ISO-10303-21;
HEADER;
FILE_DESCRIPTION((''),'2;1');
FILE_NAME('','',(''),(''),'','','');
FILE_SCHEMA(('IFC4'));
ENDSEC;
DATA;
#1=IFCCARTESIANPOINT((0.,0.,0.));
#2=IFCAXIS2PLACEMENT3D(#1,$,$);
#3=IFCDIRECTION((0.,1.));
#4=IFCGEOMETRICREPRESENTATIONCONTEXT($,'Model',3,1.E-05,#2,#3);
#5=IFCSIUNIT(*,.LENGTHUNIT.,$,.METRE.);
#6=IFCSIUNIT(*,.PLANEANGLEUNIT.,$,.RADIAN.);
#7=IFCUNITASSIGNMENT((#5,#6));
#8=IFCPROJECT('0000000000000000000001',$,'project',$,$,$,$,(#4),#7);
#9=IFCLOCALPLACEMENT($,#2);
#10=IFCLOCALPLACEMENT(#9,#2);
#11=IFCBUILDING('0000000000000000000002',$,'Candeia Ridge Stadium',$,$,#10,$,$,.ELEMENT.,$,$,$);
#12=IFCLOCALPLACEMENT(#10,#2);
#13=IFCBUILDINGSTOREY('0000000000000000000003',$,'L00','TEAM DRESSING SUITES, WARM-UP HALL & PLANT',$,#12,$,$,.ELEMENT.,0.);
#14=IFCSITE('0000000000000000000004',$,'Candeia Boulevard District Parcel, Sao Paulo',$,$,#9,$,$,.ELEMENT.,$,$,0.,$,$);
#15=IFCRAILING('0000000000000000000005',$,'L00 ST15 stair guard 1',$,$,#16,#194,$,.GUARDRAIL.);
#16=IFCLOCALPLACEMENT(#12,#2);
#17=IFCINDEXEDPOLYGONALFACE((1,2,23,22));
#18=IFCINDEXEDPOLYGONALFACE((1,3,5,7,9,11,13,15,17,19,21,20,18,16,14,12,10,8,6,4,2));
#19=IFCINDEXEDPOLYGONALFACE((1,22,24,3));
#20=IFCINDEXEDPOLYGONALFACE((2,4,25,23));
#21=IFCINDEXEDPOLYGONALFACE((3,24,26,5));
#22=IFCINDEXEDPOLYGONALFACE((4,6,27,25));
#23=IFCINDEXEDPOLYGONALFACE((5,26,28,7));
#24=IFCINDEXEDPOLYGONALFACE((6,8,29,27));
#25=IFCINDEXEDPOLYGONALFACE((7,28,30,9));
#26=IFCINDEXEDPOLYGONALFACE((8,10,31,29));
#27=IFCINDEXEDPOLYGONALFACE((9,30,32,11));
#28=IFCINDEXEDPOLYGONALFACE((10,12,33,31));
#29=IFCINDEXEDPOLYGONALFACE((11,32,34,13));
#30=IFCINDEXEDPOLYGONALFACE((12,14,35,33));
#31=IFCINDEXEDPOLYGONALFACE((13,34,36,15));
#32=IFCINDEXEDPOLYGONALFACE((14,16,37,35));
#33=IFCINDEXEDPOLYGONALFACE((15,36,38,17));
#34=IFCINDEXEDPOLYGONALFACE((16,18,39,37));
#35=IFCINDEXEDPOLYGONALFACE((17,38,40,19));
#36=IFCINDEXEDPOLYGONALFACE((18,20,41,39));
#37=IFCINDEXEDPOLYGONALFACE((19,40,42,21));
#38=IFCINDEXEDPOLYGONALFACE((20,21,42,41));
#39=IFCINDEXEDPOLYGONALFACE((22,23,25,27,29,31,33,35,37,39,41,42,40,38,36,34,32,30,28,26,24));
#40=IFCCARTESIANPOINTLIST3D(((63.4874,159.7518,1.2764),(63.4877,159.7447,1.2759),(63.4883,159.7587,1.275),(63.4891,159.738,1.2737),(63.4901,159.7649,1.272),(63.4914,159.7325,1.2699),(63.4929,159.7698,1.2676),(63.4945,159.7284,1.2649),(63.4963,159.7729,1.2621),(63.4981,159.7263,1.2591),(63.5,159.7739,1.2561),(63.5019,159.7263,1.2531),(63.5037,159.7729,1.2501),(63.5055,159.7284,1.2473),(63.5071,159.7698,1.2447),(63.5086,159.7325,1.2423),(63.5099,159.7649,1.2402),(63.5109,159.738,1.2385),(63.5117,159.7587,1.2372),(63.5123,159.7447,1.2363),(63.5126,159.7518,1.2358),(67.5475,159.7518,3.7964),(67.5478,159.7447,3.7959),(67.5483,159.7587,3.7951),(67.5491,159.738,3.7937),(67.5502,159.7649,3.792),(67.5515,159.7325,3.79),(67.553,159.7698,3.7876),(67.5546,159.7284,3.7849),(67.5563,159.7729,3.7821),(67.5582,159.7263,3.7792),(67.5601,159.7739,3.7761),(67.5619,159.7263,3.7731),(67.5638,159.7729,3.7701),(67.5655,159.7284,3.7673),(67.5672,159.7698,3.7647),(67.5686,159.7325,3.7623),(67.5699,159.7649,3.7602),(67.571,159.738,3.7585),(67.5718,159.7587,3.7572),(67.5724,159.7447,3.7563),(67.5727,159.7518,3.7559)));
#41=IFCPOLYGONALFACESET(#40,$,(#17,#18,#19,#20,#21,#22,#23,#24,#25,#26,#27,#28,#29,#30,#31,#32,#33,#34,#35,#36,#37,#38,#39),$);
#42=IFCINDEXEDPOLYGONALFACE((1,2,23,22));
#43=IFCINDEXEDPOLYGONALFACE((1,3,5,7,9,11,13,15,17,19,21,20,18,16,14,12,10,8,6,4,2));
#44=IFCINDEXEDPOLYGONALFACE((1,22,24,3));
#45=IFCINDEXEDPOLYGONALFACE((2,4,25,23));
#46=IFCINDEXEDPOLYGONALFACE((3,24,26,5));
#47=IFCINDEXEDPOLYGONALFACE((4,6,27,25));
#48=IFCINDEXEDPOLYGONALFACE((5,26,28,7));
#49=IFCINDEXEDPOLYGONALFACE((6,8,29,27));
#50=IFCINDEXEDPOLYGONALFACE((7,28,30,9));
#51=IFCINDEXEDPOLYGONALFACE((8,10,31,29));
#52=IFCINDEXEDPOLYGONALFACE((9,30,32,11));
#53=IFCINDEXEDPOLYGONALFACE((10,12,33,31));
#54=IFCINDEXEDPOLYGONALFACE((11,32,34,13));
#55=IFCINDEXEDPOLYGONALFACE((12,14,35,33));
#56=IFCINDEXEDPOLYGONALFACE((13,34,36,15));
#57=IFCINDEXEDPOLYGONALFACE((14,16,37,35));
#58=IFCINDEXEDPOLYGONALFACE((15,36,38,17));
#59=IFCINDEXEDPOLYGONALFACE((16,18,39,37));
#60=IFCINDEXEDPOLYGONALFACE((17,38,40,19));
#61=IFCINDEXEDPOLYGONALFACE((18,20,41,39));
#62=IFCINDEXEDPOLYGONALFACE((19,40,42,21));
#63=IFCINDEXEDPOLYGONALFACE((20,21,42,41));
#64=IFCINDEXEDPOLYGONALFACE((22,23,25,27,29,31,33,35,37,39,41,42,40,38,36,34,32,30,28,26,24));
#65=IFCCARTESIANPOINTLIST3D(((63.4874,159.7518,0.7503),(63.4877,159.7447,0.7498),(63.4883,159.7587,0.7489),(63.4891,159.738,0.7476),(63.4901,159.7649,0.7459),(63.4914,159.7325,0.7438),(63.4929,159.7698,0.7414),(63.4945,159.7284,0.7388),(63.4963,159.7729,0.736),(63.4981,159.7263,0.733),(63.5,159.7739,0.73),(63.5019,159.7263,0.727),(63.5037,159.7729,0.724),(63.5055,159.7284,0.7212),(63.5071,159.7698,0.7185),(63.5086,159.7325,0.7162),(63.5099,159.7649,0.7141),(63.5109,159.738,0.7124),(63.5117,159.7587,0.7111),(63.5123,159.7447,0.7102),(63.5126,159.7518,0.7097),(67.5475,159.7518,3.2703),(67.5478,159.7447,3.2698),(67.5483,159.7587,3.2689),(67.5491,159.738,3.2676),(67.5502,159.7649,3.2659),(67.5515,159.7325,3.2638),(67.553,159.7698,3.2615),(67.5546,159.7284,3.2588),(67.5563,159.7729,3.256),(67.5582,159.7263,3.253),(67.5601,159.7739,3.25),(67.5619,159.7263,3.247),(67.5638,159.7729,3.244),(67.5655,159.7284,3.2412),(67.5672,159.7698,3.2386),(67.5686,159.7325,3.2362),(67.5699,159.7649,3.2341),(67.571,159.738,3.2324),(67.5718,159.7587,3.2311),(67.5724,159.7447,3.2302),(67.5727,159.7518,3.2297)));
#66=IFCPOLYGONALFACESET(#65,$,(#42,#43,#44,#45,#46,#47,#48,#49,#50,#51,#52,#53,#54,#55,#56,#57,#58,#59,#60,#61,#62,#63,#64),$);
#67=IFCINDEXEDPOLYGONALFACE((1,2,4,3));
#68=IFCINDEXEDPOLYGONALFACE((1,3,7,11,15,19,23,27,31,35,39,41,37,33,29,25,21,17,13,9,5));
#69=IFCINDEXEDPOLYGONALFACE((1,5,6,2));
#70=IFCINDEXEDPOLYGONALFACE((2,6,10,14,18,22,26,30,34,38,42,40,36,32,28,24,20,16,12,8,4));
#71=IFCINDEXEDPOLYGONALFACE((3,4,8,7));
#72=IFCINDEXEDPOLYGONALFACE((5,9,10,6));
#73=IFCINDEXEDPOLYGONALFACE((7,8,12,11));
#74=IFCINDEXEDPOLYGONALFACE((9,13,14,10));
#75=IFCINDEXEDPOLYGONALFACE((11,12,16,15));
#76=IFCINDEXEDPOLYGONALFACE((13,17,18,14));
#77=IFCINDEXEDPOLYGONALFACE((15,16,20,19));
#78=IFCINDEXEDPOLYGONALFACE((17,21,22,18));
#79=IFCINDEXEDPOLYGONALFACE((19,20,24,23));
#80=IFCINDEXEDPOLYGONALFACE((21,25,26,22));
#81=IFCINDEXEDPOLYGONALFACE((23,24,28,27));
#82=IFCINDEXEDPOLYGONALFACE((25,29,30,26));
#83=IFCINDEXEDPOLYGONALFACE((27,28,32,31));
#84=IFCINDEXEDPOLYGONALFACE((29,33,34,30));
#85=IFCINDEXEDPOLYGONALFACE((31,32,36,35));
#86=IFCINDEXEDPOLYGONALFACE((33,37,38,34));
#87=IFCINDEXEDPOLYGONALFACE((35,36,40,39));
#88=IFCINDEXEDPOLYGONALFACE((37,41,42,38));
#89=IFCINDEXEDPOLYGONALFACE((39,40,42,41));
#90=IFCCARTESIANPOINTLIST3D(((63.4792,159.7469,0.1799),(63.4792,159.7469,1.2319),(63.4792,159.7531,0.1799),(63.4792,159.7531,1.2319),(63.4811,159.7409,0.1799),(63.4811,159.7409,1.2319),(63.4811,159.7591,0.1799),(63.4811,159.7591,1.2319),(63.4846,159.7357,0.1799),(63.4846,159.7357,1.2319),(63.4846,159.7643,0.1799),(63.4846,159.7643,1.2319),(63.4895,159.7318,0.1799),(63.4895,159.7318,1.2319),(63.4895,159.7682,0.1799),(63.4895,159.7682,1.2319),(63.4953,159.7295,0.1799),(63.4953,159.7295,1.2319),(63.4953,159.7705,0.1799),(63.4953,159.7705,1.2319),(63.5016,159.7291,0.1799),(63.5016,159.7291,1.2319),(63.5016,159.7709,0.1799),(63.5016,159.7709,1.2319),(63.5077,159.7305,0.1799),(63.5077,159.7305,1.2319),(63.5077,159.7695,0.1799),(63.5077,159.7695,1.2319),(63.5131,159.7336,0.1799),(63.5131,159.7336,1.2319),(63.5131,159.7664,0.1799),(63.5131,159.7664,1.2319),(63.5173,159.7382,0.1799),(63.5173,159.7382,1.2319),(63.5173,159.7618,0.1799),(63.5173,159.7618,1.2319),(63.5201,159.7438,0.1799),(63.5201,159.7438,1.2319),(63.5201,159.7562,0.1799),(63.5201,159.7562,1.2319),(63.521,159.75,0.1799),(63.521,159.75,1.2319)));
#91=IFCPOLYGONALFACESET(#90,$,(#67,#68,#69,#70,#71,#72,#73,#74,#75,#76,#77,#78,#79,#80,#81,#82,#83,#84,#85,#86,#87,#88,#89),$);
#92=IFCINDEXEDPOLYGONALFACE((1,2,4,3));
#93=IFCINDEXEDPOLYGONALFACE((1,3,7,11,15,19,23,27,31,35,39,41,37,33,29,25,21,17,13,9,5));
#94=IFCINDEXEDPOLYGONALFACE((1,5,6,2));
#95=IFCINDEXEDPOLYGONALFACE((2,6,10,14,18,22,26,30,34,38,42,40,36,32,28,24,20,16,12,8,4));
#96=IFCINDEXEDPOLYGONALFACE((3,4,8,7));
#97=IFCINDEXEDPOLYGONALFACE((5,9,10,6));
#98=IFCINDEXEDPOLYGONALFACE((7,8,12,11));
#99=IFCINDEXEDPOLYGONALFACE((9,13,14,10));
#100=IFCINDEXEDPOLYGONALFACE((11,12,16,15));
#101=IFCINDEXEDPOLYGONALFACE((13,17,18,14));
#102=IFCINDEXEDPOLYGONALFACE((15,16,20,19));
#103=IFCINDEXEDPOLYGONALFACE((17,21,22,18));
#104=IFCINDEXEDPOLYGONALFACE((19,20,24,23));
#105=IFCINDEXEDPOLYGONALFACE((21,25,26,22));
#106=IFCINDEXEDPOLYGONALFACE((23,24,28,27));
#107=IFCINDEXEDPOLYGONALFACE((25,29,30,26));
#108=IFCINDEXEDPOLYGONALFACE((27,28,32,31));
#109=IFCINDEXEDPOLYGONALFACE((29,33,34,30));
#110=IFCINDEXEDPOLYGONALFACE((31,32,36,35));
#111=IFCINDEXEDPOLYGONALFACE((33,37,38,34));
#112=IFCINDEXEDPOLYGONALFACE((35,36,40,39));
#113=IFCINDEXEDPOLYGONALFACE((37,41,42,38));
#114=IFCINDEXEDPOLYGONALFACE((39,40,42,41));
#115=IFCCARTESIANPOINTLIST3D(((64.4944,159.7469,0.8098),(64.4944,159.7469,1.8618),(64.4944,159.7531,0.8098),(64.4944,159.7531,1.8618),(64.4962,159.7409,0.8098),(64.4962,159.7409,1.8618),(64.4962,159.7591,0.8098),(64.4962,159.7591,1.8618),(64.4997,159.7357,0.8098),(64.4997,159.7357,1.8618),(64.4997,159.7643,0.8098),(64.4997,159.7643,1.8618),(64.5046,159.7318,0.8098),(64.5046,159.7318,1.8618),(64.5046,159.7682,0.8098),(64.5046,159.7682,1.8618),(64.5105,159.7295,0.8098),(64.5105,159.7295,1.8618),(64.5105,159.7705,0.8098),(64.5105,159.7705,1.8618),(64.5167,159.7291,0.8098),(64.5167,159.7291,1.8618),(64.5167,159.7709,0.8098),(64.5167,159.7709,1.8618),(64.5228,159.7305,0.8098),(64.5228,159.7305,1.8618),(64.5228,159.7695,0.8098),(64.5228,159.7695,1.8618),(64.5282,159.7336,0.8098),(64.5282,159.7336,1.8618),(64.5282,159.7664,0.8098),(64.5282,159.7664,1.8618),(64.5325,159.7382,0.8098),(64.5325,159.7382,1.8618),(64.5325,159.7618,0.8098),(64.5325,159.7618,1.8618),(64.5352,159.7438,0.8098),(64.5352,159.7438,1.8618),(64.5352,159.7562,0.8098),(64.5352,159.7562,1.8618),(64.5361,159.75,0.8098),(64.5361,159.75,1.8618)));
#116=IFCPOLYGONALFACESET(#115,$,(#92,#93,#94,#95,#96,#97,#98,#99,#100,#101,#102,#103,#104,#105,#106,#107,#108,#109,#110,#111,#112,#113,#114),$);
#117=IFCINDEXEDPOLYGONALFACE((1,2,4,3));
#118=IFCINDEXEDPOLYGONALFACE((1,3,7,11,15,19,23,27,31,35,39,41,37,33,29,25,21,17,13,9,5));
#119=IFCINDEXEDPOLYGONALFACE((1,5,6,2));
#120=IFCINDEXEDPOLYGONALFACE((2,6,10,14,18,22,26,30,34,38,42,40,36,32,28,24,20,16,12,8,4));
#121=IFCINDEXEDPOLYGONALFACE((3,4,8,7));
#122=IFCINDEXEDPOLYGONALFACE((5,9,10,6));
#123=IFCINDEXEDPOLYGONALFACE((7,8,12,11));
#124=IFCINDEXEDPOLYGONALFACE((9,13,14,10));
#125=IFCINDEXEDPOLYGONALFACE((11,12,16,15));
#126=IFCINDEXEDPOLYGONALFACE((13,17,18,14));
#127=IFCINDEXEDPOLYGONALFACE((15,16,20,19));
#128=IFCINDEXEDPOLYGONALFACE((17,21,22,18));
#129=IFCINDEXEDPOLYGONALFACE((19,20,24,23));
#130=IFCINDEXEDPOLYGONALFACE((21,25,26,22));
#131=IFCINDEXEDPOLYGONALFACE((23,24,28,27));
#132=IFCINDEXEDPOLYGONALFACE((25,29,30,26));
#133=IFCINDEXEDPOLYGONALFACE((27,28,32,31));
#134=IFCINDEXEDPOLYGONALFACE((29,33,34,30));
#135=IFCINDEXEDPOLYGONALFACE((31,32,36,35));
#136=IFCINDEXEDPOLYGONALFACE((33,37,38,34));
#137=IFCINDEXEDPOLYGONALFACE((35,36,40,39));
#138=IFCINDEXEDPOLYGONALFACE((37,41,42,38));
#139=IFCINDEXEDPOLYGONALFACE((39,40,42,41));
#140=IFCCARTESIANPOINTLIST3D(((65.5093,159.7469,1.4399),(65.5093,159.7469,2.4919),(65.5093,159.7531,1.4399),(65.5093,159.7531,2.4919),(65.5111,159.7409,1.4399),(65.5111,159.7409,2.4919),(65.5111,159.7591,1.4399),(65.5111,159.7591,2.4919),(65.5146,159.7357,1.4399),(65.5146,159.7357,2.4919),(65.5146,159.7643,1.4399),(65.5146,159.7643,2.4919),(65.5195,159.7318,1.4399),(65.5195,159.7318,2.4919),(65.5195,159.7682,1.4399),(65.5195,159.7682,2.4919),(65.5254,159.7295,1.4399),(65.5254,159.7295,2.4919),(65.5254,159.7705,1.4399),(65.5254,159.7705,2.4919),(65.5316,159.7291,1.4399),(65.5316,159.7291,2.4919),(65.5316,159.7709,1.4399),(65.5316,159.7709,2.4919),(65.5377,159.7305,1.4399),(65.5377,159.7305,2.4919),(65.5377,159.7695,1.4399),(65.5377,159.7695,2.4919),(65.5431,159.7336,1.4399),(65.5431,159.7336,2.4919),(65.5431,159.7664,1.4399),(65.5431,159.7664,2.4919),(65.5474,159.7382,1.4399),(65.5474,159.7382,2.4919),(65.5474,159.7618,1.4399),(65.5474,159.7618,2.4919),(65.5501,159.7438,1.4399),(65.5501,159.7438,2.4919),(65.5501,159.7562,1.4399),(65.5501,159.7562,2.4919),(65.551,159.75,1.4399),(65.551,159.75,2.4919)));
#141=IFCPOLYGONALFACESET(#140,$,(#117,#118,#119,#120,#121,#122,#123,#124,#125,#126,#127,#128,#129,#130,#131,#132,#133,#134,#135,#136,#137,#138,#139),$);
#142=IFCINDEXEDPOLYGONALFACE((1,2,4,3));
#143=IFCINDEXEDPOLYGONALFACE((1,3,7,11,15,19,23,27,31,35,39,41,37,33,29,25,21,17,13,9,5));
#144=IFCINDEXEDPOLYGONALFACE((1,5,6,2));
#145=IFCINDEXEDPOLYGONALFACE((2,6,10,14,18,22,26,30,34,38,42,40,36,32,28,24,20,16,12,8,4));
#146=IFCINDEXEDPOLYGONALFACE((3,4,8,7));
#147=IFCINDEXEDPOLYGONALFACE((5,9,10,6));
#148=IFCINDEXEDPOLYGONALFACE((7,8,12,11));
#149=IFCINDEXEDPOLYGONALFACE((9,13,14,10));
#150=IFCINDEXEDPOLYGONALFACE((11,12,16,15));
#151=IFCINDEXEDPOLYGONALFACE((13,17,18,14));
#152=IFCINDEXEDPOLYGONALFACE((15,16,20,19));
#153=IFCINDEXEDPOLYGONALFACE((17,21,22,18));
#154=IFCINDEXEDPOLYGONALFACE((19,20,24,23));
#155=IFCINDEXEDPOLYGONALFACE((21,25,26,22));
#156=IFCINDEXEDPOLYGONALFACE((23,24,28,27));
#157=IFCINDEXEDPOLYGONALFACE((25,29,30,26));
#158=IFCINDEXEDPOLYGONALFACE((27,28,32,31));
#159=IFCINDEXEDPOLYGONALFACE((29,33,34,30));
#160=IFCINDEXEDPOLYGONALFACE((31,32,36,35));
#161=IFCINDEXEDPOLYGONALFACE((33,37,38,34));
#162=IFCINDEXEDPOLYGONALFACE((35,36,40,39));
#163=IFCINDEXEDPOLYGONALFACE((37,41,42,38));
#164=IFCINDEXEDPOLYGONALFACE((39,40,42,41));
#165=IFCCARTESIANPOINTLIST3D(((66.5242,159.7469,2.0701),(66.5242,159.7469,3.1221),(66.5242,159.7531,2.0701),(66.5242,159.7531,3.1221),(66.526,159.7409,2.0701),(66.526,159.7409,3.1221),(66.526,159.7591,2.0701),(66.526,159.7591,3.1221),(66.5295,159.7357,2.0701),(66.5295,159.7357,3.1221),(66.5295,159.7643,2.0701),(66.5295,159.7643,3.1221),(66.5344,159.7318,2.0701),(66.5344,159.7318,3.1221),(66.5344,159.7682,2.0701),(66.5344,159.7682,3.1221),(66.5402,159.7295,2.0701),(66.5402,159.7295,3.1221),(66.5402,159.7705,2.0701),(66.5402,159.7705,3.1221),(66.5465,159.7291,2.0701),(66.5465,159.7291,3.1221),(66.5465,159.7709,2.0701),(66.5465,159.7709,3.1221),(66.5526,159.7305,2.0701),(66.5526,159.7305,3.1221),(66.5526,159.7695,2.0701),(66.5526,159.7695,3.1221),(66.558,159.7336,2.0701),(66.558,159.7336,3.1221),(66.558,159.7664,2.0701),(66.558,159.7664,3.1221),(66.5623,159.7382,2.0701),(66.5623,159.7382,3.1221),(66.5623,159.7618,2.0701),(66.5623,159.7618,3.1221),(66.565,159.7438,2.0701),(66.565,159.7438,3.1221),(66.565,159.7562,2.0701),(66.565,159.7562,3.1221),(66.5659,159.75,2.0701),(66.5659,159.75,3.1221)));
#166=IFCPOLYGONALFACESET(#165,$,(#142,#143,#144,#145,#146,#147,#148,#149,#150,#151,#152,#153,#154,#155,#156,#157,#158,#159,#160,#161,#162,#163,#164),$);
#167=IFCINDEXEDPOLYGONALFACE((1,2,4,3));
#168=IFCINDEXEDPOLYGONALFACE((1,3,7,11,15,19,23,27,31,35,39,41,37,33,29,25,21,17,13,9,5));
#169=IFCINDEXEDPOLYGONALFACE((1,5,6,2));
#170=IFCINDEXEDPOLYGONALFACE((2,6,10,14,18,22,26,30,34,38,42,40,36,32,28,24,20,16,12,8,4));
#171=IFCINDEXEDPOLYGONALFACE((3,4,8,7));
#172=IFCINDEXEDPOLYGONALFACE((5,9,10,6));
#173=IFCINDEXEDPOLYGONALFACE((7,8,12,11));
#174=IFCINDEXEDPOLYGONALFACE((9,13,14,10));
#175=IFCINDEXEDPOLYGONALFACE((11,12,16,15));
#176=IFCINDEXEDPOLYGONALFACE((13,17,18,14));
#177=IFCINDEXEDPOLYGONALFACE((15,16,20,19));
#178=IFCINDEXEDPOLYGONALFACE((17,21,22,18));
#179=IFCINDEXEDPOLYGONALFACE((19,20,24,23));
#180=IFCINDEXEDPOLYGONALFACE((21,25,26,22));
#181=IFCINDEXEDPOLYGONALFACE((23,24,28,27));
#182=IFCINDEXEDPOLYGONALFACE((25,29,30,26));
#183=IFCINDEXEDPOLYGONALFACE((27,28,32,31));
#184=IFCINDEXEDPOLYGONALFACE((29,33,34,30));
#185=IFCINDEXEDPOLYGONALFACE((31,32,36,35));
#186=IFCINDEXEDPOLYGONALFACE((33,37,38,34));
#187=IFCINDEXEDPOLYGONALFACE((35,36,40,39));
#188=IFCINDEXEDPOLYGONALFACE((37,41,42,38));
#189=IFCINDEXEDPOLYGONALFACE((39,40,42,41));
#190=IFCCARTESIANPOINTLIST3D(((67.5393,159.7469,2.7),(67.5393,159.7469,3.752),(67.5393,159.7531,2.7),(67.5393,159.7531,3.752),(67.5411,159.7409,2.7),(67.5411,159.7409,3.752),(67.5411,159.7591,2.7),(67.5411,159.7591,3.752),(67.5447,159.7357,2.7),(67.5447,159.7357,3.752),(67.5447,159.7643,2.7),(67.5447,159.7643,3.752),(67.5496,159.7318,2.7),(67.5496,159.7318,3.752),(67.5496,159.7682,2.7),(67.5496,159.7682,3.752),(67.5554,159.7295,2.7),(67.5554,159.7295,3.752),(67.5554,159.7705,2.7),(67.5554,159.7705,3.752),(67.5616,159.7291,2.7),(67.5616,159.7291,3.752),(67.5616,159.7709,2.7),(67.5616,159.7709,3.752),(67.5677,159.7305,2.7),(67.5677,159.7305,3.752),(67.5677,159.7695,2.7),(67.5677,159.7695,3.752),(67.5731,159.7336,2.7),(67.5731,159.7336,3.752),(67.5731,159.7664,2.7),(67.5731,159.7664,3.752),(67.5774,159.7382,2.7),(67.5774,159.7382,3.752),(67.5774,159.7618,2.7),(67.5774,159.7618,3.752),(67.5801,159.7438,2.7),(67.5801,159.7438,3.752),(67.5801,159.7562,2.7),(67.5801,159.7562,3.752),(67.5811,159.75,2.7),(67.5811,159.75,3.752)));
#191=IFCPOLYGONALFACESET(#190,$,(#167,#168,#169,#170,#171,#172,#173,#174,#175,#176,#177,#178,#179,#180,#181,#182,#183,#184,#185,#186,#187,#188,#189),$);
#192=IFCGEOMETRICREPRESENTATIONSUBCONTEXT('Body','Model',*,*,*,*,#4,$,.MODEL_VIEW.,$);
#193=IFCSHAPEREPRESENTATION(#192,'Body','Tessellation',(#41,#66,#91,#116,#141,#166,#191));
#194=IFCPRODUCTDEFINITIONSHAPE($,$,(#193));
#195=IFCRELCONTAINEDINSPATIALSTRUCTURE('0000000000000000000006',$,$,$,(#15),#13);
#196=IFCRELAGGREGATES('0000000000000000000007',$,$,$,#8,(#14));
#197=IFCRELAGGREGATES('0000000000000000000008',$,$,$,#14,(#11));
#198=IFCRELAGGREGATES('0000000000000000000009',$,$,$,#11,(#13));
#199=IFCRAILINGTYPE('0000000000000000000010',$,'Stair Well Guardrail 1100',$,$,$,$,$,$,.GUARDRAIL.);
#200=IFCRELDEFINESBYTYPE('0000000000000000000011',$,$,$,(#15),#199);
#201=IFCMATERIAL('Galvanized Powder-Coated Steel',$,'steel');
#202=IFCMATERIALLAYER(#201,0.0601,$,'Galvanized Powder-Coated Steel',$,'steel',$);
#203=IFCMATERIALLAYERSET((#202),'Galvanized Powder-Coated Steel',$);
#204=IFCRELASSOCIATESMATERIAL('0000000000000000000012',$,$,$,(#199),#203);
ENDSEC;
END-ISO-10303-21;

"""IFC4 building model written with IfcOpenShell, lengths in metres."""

from ifc_helpers import new_model, si_unit, direction, frame, origin, origin_2d, place, context, subcontext, project, spatial, circle, extrude, material, layer, layer_set, type_object, element, save


model = new_model("IFC4")

# Units and contexts
model_context = context("Model", 3, precision=1e-05, world=origin(), true_north=direction((0.0, 1.0)))
body_context = subcontext(model_context, "Body", "Model", "MODEL_VIEW")
ifc_project = project(units=[si_unit("LENGTHUNIT", "METRE"), si_unit("PLANEANGLEUNIT", "RADIAN")], contexts=[model_context])

# Site, building, storey
site_placement = place(None, origin())
site = spatial("IfcSite", under=ifc_project, at=site_placement, Name="Candeia Boulevard District Parcel, Sao Paulo", CompositionType="ELEMENT", RefElevation=0.0)
building_placement = place(site_placement, origin())
building = spatial("IfcBuilding", under=site, at=building_placement, Name="Candeia Ridge Stadium", CompositionType="ELEMENT")
storey_placement = place(building_placement, origin())
storey = spatial("IfcBuildingStorey", under=building, at=storey_placement, Name="L00", Description="TEAM DRESSING SUITES, WARM-UP HALL & PLANT", CompositionType="ELEMENT", Elevation=0.0)

# Railing
ifc_material_1 = material(Name="Galvanized Powder-Coated Steel", Category="steel")
ifc_layer_1 = layer(ifc_material_1, 0.0601, Name="Galvanized Powder-Coated Steel", Category="steel")
ifc_layer_set_1 = layer_set([ifc_layer_1], Name="Galvanized Powder-Coated Steel")
railing_type_1 = type_object("IfcRailingType", Name="Stair Well Guardrail 1100", PredefinedType="GUARDRAIL", material=ifc_layer_set_1)
railing_1_placement = place(storey_placement, frame((63.5, 159.75, 0.1799)))
element("IfcRailing", 1, at=railing_1_placement, inside=storey, type_object=railing_type_1, Name="L00 ST15 stair guard 1", PredefinedType="GUARDRAIL", context=body_context, shape_type="SweptSolid", body=[
    extrude(circle(Radius=0.0239, at=origin_2d()), frame((0.0, 0.0, 1.0762), z_axis=(0.849642, 0.0, 0.52736), x_axis=(0.0, 1.0, 0.0)), (0.0, 0.0, 1.0), 4.7786),
    extrude(circle(Radius=0.0239, at=origin_2d()), frame((0.0, 0.0, 0.55), z_axis=(0.849642, 0.0, 0.52736), x_axis=(0.0, 1.0, 0.0)), (0.0, 0.0, 1.0), 4.7786),
    extrude(circle(Radius=0.021, at=origin_2d()), origin(), (0.0, 0.0, 1.0), 1.052),
    extrude(circle(Radius=0.021, at=origin_2d()), frame((1.0151, 0.0, 0.6299)), (0.0, 0.0, 1.0), 1.052),
    extrude(circle(Radius=0.021, at=origin_2d()), frame((2.03, 0.0, 1.26)), (0.0, 0.0, 1.0), 1.052),
    extrude(circle(Radius=0.021, at=origin_2d()), frame((3.0449, 0.0, 1.8901)), (0.0, 0.0, 1.0), 1.052),
    extrude(circle(Radius=0.021, at=origin_2d()), frame((4.0601, 0.0, 2.52)), (0.0, 0.0, 1.0), 1.052),
])

save(model, "model.ifc")
